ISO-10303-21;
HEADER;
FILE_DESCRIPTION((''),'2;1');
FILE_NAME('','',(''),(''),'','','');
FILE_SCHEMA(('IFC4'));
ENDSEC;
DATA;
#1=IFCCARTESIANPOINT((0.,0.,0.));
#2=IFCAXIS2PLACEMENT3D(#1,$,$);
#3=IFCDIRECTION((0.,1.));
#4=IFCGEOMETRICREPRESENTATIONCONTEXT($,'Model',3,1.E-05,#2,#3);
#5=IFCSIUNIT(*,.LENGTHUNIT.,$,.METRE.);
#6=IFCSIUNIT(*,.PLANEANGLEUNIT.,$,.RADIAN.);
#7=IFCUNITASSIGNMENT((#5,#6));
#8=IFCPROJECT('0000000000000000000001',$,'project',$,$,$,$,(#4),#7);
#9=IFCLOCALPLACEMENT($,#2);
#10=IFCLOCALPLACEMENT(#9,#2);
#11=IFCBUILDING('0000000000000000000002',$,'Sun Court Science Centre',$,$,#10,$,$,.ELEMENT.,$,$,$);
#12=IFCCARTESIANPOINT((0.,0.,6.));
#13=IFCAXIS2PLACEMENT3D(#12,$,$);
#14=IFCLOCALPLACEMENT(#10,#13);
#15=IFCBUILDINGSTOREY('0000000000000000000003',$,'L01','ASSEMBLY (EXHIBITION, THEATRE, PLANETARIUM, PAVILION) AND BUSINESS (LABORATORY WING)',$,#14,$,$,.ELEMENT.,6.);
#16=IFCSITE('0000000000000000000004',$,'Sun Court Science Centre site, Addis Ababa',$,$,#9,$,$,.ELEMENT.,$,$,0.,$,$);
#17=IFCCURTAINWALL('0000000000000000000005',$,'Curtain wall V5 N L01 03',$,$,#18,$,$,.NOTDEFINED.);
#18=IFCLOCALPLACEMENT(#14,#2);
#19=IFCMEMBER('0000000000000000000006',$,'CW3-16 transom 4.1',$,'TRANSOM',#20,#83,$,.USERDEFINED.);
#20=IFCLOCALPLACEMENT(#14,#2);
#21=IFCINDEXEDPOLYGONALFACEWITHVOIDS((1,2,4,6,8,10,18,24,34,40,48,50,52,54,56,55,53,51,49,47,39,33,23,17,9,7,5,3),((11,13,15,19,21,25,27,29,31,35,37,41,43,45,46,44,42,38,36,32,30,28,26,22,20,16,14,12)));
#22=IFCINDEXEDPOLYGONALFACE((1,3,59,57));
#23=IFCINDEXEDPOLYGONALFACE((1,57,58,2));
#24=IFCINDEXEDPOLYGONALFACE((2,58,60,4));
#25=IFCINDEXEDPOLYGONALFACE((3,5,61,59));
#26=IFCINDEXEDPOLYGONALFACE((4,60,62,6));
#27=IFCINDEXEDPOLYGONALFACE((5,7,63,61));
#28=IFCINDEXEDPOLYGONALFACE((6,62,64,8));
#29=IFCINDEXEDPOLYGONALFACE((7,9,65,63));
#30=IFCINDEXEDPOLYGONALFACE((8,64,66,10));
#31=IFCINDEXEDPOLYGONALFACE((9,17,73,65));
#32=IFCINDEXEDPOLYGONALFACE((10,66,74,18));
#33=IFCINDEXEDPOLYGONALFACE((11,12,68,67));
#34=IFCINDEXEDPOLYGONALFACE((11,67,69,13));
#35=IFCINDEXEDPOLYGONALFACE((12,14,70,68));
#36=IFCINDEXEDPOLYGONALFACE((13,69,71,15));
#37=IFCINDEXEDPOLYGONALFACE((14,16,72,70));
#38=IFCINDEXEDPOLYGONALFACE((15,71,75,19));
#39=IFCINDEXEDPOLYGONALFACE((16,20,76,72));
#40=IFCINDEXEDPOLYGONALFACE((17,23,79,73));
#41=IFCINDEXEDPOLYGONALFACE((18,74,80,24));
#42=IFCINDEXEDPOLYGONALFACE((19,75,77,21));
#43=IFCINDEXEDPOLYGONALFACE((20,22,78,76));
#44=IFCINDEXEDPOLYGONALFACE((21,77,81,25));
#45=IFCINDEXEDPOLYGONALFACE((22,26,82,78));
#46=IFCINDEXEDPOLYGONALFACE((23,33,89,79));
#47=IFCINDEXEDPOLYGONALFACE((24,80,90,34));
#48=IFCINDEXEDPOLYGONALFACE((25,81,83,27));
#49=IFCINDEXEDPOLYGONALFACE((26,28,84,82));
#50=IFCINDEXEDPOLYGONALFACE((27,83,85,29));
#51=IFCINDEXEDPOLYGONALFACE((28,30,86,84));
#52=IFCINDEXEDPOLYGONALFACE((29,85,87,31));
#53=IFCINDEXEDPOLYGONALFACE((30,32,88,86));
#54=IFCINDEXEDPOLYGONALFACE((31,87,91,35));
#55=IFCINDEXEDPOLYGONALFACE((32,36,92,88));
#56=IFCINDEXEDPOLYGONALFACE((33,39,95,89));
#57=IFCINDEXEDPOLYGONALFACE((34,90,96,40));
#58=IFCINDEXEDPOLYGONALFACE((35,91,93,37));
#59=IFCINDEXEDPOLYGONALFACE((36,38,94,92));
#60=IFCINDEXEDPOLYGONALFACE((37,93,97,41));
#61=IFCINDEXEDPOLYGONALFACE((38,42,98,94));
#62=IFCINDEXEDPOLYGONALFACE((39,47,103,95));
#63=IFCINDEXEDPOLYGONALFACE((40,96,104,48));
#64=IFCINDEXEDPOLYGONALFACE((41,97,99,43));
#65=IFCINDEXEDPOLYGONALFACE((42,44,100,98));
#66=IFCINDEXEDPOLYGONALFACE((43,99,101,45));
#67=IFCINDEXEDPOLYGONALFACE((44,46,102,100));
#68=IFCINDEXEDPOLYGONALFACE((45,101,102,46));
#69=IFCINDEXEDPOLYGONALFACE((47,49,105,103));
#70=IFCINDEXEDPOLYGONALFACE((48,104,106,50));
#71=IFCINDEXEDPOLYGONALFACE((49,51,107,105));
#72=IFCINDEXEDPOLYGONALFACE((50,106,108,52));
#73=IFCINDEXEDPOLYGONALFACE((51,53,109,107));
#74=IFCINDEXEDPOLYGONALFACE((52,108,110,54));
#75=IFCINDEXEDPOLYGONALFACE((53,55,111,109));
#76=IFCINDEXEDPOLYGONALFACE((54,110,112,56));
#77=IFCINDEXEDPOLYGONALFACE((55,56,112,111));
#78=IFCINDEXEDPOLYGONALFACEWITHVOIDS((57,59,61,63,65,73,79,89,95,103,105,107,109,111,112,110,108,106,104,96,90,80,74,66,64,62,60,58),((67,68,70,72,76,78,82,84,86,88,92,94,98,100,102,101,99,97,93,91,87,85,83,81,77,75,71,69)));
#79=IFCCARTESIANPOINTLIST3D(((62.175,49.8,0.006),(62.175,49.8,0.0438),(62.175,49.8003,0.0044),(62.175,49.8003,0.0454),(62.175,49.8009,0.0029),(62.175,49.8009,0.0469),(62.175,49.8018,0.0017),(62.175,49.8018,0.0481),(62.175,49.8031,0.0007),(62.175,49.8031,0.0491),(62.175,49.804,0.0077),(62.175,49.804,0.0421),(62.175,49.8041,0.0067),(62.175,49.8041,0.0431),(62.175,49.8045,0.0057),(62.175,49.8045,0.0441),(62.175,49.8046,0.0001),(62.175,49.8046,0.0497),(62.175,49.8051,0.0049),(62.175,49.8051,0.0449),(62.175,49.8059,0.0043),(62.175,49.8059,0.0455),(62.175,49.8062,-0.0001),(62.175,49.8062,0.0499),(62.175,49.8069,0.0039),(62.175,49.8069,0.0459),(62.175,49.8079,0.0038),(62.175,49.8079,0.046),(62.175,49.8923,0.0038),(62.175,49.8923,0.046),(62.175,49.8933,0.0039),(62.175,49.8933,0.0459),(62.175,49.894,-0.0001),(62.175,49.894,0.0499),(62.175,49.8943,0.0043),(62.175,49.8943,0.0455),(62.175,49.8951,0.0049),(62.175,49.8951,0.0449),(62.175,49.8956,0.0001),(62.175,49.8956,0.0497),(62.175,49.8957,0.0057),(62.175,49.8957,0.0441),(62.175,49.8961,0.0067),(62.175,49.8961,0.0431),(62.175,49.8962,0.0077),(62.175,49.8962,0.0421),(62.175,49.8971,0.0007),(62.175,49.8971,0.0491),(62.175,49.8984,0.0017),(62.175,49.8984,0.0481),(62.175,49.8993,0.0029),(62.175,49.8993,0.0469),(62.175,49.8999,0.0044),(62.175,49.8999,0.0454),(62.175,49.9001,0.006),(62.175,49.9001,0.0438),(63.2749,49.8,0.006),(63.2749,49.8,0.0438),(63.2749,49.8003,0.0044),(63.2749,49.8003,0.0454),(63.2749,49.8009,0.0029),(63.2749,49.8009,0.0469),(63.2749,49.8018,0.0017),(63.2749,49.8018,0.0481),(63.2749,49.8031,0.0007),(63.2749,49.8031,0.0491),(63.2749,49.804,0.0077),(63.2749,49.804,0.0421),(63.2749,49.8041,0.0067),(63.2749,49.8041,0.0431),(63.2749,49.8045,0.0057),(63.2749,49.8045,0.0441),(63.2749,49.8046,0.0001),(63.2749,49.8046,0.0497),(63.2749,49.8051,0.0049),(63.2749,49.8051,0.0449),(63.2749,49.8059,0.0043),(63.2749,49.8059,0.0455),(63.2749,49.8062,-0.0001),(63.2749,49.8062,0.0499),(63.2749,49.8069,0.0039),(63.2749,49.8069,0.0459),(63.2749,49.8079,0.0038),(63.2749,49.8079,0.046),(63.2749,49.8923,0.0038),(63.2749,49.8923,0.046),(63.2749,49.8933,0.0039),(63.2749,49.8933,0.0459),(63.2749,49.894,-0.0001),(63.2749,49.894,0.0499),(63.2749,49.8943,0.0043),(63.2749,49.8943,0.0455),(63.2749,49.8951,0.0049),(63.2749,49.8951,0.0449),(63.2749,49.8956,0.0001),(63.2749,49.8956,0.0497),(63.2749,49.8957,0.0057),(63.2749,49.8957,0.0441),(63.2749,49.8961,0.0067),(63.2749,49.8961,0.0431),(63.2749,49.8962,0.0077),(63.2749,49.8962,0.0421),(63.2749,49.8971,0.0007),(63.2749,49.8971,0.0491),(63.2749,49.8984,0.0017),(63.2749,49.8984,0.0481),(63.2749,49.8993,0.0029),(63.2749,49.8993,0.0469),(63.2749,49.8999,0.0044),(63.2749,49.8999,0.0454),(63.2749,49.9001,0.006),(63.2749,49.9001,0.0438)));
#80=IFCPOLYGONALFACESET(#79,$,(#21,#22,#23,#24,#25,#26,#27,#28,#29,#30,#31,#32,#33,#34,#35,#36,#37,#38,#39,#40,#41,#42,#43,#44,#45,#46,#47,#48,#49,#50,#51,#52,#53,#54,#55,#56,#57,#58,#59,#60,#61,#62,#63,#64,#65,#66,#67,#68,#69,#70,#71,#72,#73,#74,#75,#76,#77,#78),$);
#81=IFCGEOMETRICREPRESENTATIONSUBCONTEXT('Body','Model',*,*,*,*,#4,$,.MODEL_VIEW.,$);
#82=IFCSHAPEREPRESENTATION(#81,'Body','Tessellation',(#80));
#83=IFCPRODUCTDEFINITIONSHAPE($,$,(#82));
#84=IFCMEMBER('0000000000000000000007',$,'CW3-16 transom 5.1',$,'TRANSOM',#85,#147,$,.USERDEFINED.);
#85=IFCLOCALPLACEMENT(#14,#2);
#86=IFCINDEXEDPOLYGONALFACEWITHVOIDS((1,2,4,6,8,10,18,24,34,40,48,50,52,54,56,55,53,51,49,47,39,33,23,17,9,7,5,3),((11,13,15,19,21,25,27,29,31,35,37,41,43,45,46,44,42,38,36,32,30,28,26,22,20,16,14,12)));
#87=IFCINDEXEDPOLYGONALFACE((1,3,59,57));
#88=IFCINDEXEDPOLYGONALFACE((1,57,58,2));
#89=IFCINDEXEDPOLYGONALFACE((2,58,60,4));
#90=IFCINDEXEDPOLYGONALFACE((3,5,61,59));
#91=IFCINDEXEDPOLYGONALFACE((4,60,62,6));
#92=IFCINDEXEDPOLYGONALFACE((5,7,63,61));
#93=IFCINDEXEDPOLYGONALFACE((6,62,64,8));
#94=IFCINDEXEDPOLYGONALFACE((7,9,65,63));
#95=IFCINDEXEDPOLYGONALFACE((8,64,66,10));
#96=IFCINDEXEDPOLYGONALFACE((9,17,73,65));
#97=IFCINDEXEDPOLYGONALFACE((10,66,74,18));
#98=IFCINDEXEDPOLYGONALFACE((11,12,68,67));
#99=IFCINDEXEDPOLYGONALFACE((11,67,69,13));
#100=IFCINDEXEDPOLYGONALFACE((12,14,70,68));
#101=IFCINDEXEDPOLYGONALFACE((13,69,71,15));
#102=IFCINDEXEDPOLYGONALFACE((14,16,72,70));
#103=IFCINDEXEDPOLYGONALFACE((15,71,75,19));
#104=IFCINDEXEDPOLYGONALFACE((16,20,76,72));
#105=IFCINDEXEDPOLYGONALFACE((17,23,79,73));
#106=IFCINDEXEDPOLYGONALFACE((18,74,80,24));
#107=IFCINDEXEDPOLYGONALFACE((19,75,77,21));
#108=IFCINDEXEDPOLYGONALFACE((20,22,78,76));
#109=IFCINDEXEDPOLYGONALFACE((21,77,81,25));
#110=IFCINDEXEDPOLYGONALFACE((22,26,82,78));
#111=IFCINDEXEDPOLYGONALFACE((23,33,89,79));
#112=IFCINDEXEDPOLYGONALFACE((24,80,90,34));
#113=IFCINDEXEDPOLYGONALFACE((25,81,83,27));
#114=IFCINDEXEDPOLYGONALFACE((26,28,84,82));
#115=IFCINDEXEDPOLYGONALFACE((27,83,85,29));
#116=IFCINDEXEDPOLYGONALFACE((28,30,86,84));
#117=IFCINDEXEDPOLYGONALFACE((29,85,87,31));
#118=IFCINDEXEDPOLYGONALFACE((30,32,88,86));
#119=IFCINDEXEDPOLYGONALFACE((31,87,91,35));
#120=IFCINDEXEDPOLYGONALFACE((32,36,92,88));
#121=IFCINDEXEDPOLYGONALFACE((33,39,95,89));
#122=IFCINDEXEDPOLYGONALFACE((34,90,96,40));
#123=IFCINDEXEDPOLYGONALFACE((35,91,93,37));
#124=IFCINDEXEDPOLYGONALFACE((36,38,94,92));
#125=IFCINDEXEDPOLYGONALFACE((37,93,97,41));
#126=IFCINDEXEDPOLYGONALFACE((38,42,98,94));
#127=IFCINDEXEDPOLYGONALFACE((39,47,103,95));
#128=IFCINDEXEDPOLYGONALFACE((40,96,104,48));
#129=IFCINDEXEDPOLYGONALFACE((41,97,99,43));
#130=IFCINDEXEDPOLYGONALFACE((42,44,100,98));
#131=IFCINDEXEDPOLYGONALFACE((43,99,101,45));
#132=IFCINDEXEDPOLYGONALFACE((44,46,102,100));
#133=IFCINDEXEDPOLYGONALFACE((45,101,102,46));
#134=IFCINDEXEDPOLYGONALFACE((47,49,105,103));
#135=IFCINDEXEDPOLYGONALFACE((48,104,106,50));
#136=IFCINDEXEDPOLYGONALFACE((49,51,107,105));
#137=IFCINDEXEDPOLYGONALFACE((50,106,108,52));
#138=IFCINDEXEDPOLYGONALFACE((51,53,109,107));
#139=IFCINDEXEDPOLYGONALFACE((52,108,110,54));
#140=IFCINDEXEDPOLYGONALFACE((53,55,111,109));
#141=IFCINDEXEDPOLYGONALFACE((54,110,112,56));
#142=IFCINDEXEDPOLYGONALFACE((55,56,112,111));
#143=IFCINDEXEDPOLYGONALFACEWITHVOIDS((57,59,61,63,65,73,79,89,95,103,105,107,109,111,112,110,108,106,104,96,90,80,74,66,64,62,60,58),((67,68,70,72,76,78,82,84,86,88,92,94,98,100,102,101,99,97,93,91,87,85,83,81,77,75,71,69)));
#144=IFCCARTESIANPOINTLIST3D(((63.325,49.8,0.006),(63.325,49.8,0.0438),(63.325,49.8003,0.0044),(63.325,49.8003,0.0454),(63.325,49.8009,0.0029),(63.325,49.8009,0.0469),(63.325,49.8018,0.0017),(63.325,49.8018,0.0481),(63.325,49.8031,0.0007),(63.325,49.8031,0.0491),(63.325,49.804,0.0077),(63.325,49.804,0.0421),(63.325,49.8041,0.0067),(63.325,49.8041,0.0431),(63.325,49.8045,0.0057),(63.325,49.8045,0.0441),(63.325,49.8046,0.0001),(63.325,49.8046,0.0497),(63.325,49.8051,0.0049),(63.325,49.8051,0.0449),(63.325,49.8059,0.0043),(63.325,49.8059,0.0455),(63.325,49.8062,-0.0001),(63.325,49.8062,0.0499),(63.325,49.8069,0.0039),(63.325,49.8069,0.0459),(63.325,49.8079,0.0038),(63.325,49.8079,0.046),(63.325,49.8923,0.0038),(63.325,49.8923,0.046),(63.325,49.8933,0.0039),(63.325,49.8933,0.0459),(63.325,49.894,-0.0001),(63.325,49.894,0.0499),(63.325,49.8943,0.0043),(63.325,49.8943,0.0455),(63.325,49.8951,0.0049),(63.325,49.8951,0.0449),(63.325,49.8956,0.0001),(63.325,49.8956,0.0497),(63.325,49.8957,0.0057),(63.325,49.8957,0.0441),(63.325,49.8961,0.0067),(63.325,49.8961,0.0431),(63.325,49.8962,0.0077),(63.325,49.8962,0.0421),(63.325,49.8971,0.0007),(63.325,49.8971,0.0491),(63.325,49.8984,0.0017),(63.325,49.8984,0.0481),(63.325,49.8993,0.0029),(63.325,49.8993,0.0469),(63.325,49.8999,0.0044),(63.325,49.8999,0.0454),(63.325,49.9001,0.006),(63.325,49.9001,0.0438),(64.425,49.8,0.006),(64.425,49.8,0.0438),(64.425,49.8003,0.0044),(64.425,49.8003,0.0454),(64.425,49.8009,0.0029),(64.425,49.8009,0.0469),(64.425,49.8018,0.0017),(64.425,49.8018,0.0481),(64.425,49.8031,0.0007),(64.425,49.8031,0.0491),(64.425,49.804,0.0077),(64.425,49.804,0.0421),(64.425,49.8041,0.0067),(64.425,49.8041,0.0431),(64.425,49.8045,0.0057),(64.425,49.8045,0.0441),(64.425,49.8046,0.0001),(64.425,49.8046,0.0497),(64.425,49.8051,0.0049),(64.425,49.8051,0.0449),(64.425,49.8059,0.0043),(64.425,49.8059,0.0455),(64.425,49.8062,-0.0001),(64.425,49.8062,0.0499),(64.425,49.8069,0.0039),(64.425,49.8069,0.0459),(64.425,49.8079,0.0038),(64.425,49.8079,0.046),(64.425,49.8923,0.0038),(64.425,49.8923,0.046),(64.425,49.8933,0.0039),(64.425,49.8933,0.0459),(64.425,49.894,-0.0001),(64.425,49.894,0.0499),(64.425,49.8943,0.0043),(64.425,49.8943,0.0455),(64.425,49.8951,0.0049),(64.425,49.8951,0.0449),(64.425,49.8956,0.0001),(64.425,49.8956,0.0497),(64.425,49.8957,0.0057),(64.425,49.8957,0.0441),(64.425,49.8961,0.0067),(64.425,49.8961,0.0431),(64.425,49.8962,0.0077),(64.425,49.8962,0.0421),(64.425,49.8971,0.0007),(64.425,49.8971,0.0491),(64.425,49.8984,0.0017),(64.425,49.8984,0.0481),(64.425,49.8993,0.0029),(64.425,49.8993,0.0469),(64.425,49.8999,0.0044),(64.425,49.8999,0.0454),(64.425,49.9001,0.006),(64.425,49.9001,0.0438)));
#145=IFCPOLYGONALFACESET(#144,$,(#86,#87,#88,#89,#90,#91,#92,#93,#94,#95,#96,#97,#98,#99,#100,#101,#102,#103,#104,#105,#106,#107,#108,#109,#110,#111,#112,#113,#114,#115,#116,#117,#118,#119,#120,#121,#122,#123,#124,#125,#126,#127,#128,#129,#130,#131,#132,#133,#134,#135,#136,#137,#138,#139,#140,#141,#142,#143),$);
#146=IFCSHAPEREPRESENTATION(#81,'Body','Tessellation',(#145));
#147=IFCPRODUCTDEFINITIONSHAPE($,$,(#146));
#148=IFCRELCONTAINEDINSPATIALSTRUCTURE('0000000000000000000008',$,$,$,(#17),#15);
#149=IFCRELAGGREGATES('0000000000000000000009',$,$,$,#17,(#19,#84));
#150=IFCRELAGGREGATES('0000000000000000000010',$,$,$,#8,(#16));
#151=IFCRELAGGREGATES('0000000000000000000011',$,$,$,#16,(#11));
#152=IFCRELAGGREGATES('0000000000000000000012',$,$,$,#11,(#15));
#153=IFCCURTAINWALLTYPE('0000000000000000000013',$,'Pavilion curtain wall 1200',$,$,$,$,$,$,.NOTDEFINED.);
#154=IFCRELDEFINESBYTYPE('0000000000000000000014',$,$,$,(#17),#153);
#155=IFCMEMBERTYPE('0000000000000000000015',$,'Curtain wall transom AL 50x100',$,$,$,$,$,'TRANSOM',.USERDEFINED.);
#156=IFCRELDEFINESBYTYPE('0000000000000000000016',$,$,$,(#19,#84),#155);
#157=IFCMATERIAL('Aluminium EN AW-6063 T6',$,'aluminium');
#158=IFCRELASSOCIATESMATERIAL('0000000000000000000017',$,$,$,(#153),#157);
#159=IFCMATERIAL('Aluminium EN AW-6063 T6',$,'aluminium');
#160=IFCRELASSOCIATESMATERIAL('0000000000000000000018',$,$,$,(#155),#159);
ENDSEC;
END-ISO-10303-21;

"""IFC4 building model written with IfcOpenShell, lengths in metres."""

from ifc_helpers import new_model, si_unit, direction, frame, origin, origin_2d, place, context, subcontext, project, spatial, hollow_rectangle, extrude, material, material_profile, profile_set, type_object, element, aggregate, save


model = new_model("IFC4")

# Units and contexts
model_context = context("Model", 3, precision=1e-05, world=origin(), true_north=direction((0.0, 1.0)))
body_context = subcontext(model_context, "Body", "Model", "MODEL_VIEW")
ifc_project = project(units=[si_unit("LENGTHUNIT", "METRE"), si_unit("PLANEANGLEUNIT", "RADIAN")], contexts=[model_context])

# Site, building, storey
site_placement = place(None, origin())
site = spatial("IfcSite", under=ifc_project, at=site_placement, Name="Sun Court Science Centre site, Addis Ababa", CompositionType="ELEMENT", RefElevation=0.0)
building_placement = place(site_placement, origin())
building = spatial("IfcBuilding", under=site, at=building_placement, Name="Sun Court Science Centre", CompositionType="ELEMENT")
storey_placement = place(building_placement, frame((0.0, 0.0, 6.0)))
storey = spatial("IfcBuildingStorey", under=building, at=storey_placement, Name="L01", Description="ASSEMBLY (EXHIBITION, THEATRE, PLANETARIUM, PAVILION) AND BUSINESS (LABORATORY WING)", CompositionType="ELEMENT", Elevation=6.0)

# Curtain wall, members
ifc_material_1 = material(Name="Aluminium EN AW-6063 T6", Category="aluminium")
curtain_wall_type = type_object("IfcCurtainWallType", Name="Pavilion curtain wall 1200", PredefinedType="NOTDEFINED", material=ifc_material_1)
curtain_wall_placement = place(storey_placement, origin())
curtain_wall = element("IfcCurtainWall", 1, at=curtain_wall_placement, inside=storey, type_object=curtain_wall_type, Name="Curtain wall V5 N L01 03", PredefinedType="NOTDEFINED")
ifc_material_2 = material(Name="Aluminium EN AW-6063 T6", Category="aluminium")
ifc_material_profile_1 = material_profile(ifc_material_2, hollow_rectangle(XDim=0.05, YDim=0.1001, WallThickness=0.0039, InnerFilletRadius=0.0039, OuterFilletRadius=0.0061, at=origin_2d()), Name="AL 50x100x4")
ifc_profile_set_1 = profile_set([ifc_material_profile_1], Name="Aluminium EN AW-6063 T6")
member_type_1 = type_object("IfcMemberType", Name="Curtain wall transom AL 50x100", ElementType="TRANSOM", PredefinedType="USERDEFINED", material=ifc_profile_set_1)
member_1_placement = place(storey_placement, frame((62.175, 49.8501, 0.0249), z_axis=(1.0, 0.0, 0.0), x_axis=(0.0, 0.0, 1.0)))
member_1 = element("IfcMember", 2, at=member_1_placement, type_object=member_type_1, Name="CW3-16 transom 4.1", ObjectType="TRANSOM", PredefinedType="USERDEFINED", context=body_context, shape_type="SweptSolid", body=[
    extrude(hollow_rectangle(XDim=0.05, YDim=0.1001, WallThickness=0.0039, InnerFilletRadius=0.0039, OuterFilletRadius=0.0061, at=origin_2d()), origin(), (0.0, 0.0, 1.0), 1.0999),
])
member_2_placement = place(storey_placement, frame((63.325, 49.8501, 0.0249), z_axis=(1.0, 0.0, 0.0), x_axis=(0.0, 0.0, 1.0)))
member_2 = element("IfcMember", 3, at=member_2_placement, type_object=member_type_1, Name="CW3-16 transom 5.1", ObjectType="TRANSOM", PredefinedType="USERDEFINED", context=body_context, shape_type="SweptSolid", body=[
    extrude(hollow_rectangle(XDim=0.05, YDim=0.1001, WallThickness=0.0039, InnerFilletRadius=0.0039, OuterFilletRadius=0.0061, at=origin_2d()), origin(), (0.0, 0.0, 1.0), 1.1001),
])
aggregate(curtain_wall, [member_1, member_2])

save(model, "model.ifc")
